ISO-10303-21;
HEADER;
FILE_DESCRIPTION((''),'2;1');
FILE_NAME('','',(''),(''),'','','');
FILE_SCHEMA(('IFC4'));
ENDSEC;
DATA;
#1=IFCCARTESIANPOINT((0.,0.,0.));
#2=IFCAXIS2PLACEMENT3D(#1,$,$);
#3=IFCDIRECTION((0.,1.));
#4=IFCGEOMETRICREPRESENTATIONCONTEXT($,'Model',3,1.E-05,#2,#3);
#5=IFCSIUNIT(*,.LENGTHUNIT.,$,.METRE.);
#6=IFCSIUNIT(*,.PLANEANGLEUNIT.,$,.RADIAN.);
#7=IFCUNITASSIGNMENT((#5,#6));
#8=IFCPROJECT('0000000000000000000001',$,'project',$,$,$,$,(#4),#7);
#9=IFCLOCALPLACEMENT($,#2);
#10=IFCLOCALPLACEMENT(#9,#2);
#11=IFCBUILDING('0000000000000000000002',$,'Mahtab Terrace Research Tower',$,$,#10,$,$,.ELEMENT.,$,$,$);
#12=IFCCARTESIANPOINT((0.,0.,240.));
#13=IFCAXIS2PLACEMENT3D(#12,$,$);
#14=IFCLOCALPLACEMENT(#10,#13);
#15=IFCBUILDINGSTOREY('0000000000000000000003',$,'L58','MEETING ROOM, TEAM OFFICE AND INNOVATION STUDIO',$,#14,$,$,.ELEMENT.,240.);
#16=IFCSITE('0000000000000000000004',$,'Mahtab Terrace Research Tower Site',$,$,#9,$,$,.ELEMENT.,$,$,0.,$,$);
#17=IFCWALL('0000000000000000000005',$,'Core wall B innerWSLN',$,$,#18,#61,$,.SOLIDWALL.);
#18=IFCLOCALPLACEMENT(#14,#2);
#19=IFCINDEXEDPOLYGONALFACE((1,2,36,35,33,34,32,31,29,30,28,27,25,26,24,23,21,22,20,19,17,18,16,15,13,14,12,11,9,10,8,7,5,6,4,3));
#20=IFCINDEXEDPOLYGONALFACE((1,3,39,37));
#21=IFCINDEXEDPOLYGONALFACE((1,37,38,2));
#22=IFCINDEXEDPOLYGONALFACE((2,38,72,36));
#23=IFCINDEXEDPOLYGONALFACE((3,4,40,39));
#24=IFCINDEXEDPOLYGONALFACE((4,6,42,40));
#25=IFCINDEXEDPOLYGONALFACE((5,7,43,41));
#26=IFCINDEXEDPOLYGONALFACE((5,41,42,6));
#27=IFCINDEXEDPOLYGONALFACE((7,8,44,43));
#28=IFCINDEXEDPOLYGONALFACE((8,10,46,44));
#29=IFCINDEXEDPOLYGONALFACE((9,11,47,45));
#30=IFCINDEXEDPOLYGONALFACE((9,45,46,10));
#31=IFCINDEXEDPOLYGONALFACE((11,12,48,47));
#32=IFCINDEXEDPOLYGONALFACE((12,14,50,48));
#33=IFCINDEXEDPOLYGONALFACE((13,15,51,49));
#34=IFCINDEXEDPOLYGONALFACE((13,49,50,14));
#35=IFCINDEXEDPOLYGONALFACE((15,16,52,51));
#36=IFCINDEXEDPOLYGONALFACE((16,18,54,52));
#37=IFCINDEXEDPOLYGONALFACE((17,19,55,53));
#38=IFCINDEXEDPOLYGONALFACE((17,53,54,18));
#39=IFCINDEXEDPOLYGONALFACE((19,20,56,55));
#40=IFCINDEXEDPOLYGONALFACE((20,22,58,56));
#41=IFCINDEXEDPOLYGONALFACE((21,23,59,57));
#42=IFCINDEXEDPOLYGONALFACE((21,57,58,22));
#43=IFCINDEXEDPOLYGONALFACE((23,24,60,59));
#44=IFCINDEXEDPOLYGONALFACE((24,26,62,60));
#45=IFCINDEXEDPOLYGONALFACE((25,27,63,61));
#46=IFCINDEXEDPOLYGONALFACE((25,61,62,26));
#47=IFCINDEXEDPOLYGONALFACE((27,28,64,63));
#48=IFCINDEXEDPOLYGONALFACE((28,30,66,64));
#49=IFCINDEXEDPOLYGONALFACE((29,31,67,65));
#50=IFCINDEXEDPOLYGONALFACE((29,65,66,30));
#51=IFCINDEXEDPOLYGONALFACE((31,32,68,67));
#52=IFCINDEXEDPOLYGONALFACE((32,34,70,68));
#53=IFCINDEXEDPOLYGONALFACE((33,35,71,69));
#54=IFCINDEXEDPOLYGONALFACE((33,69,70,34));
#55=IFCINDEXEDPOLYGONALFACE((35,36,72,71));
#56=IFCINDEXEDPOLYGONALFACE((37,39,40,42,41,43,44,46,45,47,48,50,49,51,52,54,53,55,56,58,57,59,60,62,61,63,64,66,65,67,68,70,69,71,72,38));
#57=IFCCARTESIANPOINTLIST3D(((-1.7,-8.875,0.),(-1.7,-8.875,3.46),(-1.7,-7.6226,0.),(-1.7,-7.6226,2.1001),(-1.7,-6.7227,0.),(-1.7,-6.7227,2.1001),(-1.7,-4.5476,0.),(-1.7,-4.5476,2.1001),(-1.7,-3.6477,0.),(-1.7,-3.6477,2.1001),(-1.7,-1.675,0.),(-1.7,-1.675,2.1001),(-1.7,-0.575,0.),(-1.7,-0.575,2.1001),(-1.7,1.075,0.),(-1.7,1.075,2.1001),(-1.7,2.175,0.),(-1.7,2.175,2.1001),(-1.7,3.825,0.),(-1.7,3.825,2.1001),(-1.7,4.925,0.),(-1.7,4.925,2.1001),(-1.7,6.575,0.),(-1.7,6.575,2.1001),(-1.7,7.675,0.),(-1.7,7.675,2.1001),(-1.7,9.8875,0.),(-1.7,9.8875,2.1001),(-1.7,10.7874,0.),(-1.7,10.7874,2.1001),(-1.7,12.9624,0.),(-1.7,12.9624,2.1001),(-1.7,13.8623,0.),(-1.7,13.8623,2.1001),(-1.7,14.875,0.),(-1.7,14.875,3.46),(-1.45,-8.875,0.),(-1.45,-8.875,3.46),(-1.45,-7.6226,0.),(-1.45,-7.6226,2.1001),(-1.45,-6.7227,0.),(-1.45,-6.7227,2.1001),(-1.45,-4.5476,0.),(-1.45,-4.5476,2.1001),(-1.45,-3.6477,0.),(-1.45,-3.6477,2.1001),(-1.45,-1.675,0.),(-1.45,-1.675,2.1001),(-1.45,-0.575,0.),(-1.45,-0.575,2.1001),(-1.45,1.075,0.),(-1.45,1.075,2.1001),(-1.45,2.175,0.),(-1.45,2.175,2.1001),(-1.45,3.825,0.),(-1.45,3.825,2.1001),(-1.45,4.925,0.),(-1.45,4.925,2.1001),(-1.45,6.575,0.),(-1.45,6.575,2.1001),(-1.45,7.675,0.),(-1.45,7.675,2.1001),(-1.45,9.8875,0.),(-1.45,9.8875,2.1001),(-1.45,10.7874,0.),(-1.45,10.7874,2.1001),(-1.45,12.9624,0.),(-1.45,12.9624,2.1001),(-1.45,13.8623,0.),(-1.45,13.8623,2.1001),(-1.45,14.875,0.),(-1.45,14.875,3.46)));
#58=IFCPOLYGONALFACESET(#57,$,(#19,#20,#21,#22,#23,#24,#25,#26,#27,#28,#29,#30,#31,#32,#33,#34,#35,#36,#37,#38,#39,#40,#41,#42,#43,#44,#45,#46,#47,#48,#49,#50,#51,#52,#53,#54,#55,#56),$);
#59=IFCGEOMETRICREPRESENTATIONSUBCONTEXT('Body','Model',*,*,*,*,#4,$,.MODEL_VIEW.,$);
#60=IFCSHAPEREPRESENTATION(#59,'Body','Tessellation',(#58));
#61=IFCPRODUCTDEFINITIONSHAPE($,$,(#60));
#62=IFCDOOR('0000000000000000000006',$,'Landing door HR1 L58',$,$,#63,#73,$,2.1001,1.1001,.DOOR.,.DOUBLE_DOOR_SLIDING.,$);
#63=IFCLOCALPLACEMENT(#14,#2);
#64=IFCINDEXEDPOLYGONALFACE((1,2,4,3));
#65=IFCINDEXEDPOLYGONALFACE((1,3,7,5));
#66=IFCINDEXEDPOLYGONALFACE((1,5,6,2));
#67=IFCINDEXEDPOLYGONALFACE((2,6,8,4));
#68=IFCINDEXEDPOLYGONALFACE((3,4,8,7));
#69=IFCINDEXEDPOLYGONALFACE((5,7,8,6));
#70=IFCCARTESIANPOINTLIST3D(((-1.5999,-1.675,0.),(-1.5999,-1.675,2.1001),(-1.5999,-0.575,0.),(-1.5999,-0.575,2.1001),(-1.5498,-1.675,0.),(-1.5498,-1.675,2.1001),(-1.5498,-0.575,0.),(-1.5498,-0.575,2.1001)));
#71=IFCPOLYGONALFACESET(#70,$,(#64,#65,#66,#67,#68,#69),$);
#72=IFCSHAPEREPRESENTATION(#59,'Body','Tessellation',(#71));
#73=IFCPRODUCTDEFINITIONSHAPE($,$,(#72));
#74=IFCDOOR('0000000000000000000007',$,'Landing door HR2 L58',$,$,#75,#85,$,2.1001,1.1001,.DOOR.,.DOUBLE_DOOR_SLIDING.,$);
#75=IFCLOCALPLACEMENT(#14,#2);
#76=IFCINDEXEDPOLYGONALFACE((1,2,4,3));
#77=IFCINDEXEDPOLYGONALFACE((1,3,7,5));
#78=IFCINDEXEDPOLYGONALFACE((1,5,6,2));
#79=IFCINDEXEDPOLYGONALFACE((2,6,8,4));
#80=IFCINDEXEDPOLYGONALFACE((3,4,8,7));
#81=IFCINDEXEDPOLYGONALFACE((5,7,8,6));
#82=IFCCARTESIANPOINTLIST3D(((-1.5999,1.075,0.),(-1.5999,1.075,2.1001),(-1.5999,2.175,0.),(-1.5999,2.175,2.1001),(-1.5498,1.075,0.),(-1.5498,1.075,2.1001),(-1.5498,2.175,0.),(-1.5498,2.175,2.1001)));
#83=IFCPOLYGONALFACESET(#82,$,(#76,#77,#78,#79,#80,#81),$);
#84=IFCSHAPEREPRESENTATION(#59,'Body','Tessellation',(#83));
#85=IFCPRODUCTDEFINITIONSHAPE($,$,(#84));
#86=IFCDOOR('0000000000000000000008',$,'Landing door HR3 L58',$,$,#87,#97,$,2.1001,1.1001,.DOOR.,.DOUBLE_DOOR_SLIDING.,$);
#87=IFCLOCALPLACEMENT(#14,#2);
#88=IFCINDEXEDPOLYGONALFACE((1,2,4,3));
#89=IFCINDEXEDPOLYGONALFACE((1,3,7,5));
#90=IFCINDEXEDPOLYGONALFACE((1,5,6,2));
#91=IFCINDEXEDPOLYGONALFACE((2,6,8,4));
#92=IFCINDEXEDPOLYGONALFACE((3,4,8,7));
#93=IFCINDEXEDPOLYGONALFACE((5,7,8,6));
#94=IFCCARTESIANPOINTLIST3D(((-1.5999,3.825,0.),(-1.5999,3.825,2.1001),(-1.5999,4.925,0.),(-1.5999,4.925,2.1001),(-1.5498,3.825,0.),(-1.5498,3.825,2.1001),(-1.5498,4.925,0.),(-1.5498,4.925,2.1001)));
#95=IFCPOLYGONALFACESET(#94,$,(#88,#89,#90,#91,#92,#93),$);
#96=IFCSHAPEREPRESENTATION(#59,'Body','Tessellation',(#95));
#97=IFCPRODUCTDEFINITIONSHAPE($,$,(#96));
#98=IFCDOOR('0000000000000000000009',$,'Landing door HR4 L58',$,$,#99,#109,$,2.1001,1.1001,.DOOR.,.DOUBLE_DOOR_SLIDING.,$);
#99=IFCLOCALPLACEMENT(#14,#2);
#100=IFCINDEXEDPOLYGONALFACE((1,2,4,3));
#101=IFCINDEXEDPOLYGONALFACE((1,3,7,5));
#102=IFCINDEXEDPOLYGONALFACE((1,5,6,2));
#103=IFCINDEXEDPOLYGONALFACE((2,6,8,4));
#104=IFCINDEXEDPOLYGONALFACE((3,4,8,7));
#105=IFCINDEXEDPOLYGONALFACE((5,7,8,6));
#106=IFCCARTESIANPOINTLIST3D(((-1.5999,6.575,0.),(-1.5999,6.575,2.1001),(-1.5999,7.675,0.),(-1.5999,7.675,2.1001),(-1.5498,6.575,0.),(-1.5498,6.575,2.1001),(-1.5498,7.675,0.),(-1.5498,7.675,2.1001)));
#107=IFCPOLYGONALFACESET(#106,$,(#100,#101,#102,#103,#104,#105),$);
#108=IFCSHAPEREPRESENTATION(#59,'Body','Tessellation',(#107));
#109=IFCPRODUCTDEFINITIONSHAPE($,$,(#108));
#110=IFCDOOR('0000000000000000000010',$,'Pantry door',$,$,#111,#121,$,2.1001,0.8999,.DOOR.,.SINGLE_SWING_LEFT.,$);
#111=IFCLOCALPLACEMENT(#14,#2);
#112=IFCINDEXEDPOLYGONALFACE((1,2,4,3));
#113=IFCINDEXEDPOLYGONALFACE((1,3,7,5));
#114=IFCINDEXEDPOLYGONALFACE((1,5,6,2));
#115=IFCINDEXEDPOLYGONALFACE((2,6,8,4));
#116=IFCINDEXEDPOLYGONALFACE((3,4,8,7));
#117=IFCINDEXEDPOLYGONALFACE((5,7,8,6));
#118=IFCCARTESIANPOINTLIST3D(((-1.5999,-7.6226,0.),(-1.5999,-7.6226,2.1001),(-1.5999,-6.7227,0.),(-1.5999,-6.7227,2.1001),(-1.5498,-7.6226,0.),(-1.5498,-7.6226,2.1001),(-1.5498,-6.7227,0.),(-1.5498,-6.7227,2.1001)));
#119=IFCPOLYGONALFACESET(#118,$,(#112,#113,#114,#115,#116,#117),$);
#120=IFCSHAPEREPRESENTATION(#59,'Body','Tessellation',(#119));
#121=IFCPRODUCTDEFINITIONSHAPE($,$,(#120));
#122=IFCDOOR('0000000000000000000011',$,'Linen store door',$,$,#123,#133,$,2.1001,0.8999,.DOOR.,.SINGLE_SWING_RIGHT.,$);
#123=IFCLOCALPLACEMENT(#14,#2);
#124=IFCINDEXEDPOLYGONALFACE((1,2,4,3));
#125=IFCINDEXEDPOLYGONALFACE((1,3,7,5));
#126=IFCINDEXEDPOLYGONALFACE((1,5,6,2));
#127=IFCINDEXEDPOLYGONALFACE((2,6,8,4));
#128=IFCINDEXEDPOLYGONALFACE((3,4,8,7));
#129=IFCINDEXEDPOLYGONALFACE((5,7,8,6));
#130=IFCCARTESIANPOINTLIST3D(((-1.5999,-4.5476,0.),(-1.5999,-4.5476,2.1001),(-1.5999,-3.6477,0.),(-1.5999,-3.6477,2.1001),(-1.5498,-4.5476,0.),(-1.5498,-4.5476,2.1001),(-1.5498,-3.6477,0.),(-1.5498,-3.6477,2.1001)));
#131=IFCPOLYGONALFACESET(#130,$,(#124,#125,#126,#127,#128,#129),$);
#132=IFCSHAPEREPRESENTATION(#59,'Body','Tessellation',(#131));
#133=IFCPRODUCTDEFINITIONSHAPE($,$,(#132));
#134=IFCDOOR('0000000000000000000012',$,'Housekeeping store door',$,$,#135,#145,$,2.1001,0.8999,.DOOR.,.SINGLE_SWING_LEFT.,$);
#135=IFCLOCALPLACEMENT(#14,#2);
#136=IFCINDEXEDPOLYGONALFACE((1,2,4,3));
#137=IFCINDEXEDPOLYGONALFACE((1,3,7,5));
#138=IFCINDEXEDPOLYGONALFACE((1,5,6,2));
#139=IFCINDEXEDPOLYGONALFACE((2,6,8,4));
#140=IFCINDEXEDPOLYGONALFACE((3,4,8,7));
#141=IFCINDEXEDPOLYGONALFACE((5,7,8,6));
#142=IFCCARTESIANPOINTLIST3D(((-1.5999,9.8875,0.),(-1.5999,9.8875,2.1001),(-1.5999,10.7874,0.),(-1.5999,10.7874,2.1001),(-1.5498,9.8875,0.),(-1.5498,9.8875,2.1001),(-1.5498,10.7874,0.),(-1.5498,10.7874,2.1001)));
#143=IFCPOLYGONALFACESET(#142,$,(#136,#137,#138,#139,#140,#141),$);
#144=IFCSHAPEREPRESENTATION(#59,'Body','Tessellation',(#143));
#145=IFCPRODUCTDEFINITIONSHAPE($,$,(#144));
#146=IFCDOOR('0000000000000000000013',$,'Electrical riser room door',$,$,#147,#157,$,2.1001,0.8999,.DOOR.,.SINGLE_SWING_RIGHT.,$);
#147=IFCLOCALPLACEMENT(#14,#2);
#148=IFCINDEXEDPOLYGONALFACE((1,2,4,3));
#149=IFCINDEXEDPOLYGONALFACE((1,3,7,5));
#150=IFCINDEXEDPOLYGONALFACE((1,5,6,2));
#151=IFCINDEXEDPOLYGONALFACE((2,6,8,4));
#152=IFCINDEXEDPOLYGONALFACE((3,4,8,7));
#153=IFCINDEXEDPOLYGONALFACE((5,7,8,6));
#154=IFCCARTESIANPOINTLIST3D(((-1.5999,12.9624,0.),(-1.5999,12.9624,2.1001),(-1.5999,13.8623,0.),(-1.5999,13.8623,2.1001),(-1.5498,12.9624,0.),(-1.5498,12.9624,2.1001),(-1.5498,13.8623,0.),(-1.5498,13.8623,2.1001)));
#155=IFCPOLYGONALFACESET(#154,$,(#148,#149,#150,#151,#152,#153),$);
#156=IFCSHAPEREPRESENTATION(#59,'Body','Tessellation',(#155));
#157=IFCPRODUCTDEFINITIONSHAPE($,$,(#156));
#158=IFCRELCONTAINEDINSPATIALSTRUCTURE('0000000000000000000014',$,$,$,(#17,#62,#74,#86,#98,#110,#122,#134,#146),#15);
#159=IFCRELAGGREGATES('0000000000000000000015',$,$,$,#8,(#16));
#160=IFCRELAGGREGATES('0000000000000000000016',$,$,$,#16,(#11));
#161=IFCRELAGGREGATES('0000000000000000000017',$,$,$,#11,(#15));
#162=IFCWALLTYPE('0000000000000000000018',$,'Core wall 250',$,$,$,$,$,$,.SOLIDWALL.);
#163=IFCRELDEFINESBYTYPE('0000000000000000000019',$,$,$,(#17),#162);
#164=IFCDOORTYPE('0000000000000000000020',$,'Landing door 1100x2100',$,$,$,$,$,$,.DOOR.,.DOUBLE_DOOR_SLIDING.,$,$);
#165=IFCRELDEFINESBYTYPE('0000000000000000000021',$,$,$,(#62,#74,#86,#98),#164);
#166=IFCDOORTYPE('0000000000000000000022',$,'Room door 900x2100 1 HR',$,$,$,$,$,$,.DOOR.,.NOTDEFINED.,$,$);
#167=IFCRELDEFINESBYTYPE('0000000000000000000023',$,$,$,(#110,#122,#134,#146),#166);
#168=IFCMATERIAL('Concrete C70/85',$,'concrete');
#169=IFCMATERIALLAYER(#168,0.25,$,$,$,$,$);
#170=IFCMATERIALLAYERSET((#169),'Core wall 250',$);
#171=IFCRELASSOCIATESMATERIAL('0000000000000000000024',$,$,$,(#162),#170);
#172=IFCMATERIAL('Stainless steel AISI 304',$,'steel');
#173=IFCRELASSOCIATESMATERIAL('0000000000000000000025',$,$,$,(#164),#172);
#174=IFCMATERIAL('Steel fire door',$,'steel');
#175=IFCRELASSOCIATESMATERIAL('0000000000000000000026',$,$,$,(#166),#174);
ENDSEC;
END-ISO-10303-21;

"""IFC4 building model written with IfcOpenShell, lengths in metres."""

from ifc_helpers import new_model, si_unit, direction, frame, frame_2d, origin, place, context, subcontext, project, spatial, rectangle, extrude, material, layer, layer_set, type_object, element, fill, save


model = new_model("IFC4")

# Units and contexts
model_context = context("Model", 3, precision=1e-05, world=origin(), true_north=direction((0.0, 1.0)))
body_context = subcontext(model_context, "Body", "Model", "MODEL_VIEW")
ifc_project = project(units=[si_unit("LENGTHUNIT", "METRE"), si_unit("PLANEANGLEUNIT", "RADIAN")], contexts=[model_context])

# Site, building, storey
site_placement = place(None, origin())
site = spatial("IfcSite", under=ifc_project, at=site_placement, Name="Mahtab Terrace Research Tower Site", CompositionType="ELEMENT", RefElevation=0.0)
building_placement = place(site_placement, origin())
building = spatial("IfcBuilding", under=site, at=building_placement, Name="Mahtab Terrace Research Tower", CompositionType="ELEMENT")
storey_placement = place(building_placement, frame((0.0, 0.0, 240.0)))
storey = spatial("IfcBuildingStorey", under=building, at=storey_placement, Name="L58", Description="MEETING ROOM, TEAM OFFICE AND INNOVATION STUDIO", CompositionType="ELEMENT", Elevation=240.0)

# Shared definitions
ifc_material_1 = material(Name="Concrete C70/85", Category="concrete")

# Wall, openings, doors
ifc_layer_1 = layer(ifc_material_1, 0.25)
ifc_layer_set_1 = layer_set([ifc_layer_1], Name="Core wall 250")
wall_type_1 = type_object("IfcWallType", Name="Core wall 250", PredefinedType="SOLIDWALL", material=ifc_layer_set_1)
wall_1_placement = place(storey_placement, frame((-1.575, -8.875, 0.0), z_axis=(0.0, 0.0, 1.0), x_axis=(0.0, 1.0, 0.0)))
wall_1 = element("IfcWall", 1, at=wall_1_placement, inside=storey, type_object=wall_type_1, Name="Core wall B innerWSLN", PredefinedType="SOLIDWALL", context=body_context, shape_type="SweptSolid", body=[
    extrude(rectangle(XDim=23.75, YDim=0.25, at=frame_2d((11.875, 0.0))), origin(), (0.0, 0.0, 1.0), 3.46),
])
opening_1_placement = place(wall_1_placement, frame((7.2, 0.0, 0.0)))
opening_1 = element("IfcOpeningElement", 2, at=opening_1_placement, cuts=wall_1, PredefinedType="OPENING", context=body_context, shape_type="SweptSolid", body=[
    extrude(rectangle(XDim=1.1001, YDim=2.1001, at=frame_2d((0.55, 1.05))), frame((0.0, 0.135, 0.0), z_axis=(0.0, -1.0, 0.0), x_axis=(1.0, 0.0, 0.0)), (0.0, 0.0, 1.0), 0.27),
])
opening_2_placement = place(wall_1_placement, frame((9.95, 0.0, 0.0)))
opening_2 = element("IfcOpeningElement", 3, at=opening_2_placement, cuts=wall_1, PredefinedType="OPENING", context=body_context, shape_type="SweptSolid", body=[
    extrude(rectangle(XDim=1.1001, YDim=2.1001, at=frame_2d((0.55, 1.05))), frame((0.0, 0.135, 0.0), z_axis=(0.0, -1.0, 0.0), x_axis=(1.0, 0.0, 0.0)), (0.0, 0.0, 1.0), 0.27),
])
opening_3_placement = place(wall_1_placement, frame((12.7, 0.0, 0.0)))
opening_3 = element("IfcOpeningElement", 4, at=opening_3_placement, cuts=wall_1, PredefinedType="OPENING", context=body_context, shape_type="SweptSolid", body=[
    extrude(rectangle(XDim=1.1001, YDim=2.1001, at=frame_2d((0.55, 1.05))), frame((0.0, 0.135, 0.0), z_axis=(0.0, -1.0, 0.0), x_axis=(1.0, 0.0, 0.0)), (0.0, 0.0, 1.0), 0.27),
])
opening_4_placement = place(wall_1_placement, frame((15.45, 0.0, 0.0)))
opening_4 = element("IfcOpeningElement", 5, at=opening_4_placement, cuts=wall_1, PredefinedType="OPENING", context=body_context, shape_type="SweptSolid", body=[
    extrude(rectangle(XDim=1.1001, YDim=2.1001, at=frame_2d((0.55, 1.05))), frame((0.0, 0.135, 0.0), z_axis=(0.0, -1.0, 0.0), x_axis=(1.0, 0.0, 0.0)), (0.0, 0.0, 1.0), 0.27),
])
opening_5_placement = place(wall_1_placement, frame((1.2524, 0.0, 0.0)))
opening_5 = element("IfcOpeningElement", 6, at=opening_5_placement, cuts=wall_1, PredefinedType="OPENING", context=body_context, shape_type="SweptSolid", body=[
    extrude(rectangle(XDim=0.8999, YDim=2.1001, at=frame_2d((0.45, 1.05))), frame((0.0, 0.135, 0.0), z_axis=(0.0, -1.0, 0.0), x_axis=(1.0, 0.0, 0.0)), (0.0, 0.0, 1.0), 0.27),
])
opening_6_placement = place(wall_1_placement, frame((4.3274, 0.0, 0.0)))
opening_6 = element("IfcOpeningElement", 7, at=opening_6_placement, cuts=wall_1, PredefinedType="OPENING", context=body_context, shape_type="SweptSolid", body=[
    extrude(rectangle(XDim=0.8999, YDim=2.1001, at=frame_2d((0.45, 1.05))), frame((0.0, 0.135, 0.0), z_axis=(0.0, -1.0, 0.0), x_axis=(1.0, 0.0, 0.0)), (0.0, 0.0, 1.0), 0.27),
])
opening_7_placement = place(wall_1_placement, frame((18.7625, 0.0, 0.0)))
opening_7 = element("IfcOpeningElement", 8, at=opening_7_placement, cuts=wall_1, PredefinedType="OPENING", context=body_context, shape_type="SweptSolid", body=[
    extrude(rectangle(XDim=0.8999, YDim=2.1001, at=frame_2d((0.45, 1.05))), frame((0.0, 0.135, 0.0), z_axis=(0.0, -1.0, 0.0), x_axis=(1.0, 0.0, 0.0)), (0.0, 0.0, 1.0), 0.27),
])
opening_8_placement = place(wall_1_placement, frame((21.8374, 0.0, 0.0)))
opening_8 = element("IfcOpeningElement", 9, at=opening_8_placement, cuts=wall_1, PredefinedType="OPENING", context=body_context, shape_type="SweptSolid", body=[
    extrude(rectangle(XDim=0.8999, YDim=2.1001, at=frame_2d((0.45, 1.05))), frame((0.0, 0.135, 0.0), z_axis=(0.0, -1.0, 0.0), x_axis=(1.0, 0.0, 0.0)), (0.0, 0.0, 1.0), 0.27),
])
ifc_material_2 = material(Name="Stainless steel AISI 304", Category="steel")
door_type_1 = type_object("IfcDoorType", Name="Landing door 1100x2100", OperationType="DOUBLE_DOOR_SLIDING", PredefinedType="DOOR", material=ifc_material_2)
door_1_placement = place(opening_1_placement, origin())
door_1 = element("IfcDoor", 10, at=door_1_placement, inside=storey, type_object=door_type_1, Name="Landing door HR1 L58", OperationType="DOUBLE_DOOR_SLIDING", OverallHeight=2.1001, OverallWidth=1.1001, PredefinedType="DOOR", context=body_context, shape_type="SweptSolid", body=[
    extrude(rectangle(XDim=1.1001, YDim=2.1001, at=frame_2d((0.55, 1.05))), frame((0.0, 0.0249, 0.0), z_axis=(0.0, -1.0, 0.0), x_axis=(1.0, 0.0, 0.0)), (0.0, 0.0, 1.0), 0.05),
])
fill(opening_1, door_1)
door_2_placement = place(opening_2_placement, origin())
door_2 = element("IfcDoor", 11, at=door_2_placement, inside=storey, type_object=door_type_1, Name="Landing door HR2 L58", OperationType="DOUBLE_DOOR_SLIDING", OverallHeight=2.1001, OverallWidth=1.1001, PredefinedType="DOOR", context=body_context, shape_type="SweptSolid", body=[
    extrude(rectangle(XDim=1.1001, YDim=2.1001, at=frame_2d((0.55, 1.05))), frame((0.0, 0.0249, 0.0), z_axis=(0.0, -1.0, 0.0), x_axis=(1.0, 0.0, 0.0)), (0.0, 0.0, 1.0), 0.05),
])
fill(opening_2, door_2)
door_3_placement = place(opening_3_placement, origin())
door_3 = element("IfcDoor", 12, at=door_3_placement, inside=storey, type_object=door_type_1, Name="Landing door HR3 L58", OperationType="DOUBLE_DOOR_SLIDING", OverallHeight=2.1001, OverallWidth=1.1001, PredefinedType="DOOR", context=body_context, shape_type="SweptSolid", body=[
    extrude(rectangle(XDim=1.1001, YDim=2.1001, at=frame_2d((0.55, 1.05))), frame((0.0, 0.0249, 0.0), z_axis=(0.0, -1.0, 0.0), x_axis=(1.0, 0.0, 0.0)), (0.0, 0.0, 1.0), 0.05),
])
fill(opening_3, door_3)
door_4_placement = place(opening_4_placement, origin())
door_4 = element("IfcDoor", 13, at=door_4_placement, inside=storey, type_object=door_type_1, Name="Landing door HR4 L58", OperationType="DOUBLE_DOOR_SLIDING", OverallHeight=2.1001, OverallWidth=1.1001, PredefinedType="DOOR", context=body_context, shape_type="SweptSolid", body=[
    extrude(rectangle(XDim=1.1001, YDim=2.1001, at=frame_2d((0.55, 1.05))), frame((0.0, 0.0249, 0.0), z_axis=(0.0, -1.0, 0.0), x_axis=(1.0, 0.0, 0.0)), (0.0, 0.0, 1.0), 0.05),
])
fill(opening_4, door_4)
ifc_material_3 = material(Name="Steel fire door", Category="steel")
door_type_2 = type_object("IfcDoorType", Name="Room door 900x2100 1 HR", OperationType="NOTDEFINED", PredefinedType="DOOR", material=ifc_material_3)
door_5_placement = place(opening_5_placement, origin())
door_5 = element("IfcDoor", 14, at=door_5_placement, inside=storey, type_object=door_type_2, Name="Pantry door", OperationType="SINGLE_SWING_LEFT", OverallHeight=2.1001, OverallWidth=0.8999, PredefinedType="DOOR", context=body_context, shape_type="SweptSolid", body=[
    extrude(rectangle(XDim=0.8999, YDim=2.1001, at=frame_2d((0.45, 1.05))), frame((0.0, 0.0249, 0.0), z_axis=(0.0, -1.0, 0.0), x_axis=(1.0, 0.0, 0.0)), (0.0, 0.0, 1.0), 0.05),
])
fill(opening_5, door_5)
door_6_placement = place(opening_6_placement, origin())
door_6 = element("IfcDoor", 15, at=door_6_placement, inside=storey, type_object=door_type_2, Name="Linen store door", OperationType="SINGLE_SWING_RIGHT", OverallHeight=2.1001, OverallWidth=0.8999, PredefinedType="DOOR", context=body_context, shape_type="SweptSolid", body=[
    extrude(rectangle(XDim=0.8999, YDim=2.1001, at=frame_2d((0.45, 1.05))), frame((0.0, 0.0249, 0.0), z_axis=(0.0, -1.0, 0.0), x_axis=(1.0, 0.0, 0.0)), (0.0, 0.0, 1.0), 0.05),
])
fill(opening_6, door_6)
door_7_placement = place(opening_7_placement, origin())
door_7 = element("IfcDoor", 16, at=door_7_placement, inside=storey, type_object=door_type_2, Name="Housekeeping store door", OperationType="SINGLE_SWING_LEFT", OverallHeight=2.1001, OverallWidth=0.8999, PredefinedType="DOOR", context=body_context, shape_type="SweptSolid", body=[
    extrude(rectangle(XDim=0.8999, YDim=2.1001, at=frame_2d((0.45, 1.05))), frame((0.0, 0.0249, 0.0), z_axis=(0.0, -1.0, 0.0), x_axis=(1.0, 0.0, 0.0)), (0.0, 0.0, 1.0), 0.05),
])
fill(opening_7, door_7)
door_8_placement = place(opening_8_placement, origin())
door_8 = element("IfcDoor", 17, at=door_8_placement, inside=storey, type_object=door_type_2, Name="Electrical riser room door", OperationType="SINGLE_SWING_RIGHT", OverallHeight=2.1001, OverallWidth=0.8999, PredefinedType="DOOR", context=body_context, shape_type="SweptSolid", body=[
    extrude(rectangle(XDim=0.8999, YDim=2.1001, at=frame_2d((0.45, 1.05))), frame((0.0, 0.0249, 0.0), z_axis=(0.0, -1.0, 0.0), x_axis=(1.0, 0.0, 0.0)), (0.0, 0.0, 1.0), 0.05),
])
fill(opening_8, door_8)

save(model, "model.ifc")
